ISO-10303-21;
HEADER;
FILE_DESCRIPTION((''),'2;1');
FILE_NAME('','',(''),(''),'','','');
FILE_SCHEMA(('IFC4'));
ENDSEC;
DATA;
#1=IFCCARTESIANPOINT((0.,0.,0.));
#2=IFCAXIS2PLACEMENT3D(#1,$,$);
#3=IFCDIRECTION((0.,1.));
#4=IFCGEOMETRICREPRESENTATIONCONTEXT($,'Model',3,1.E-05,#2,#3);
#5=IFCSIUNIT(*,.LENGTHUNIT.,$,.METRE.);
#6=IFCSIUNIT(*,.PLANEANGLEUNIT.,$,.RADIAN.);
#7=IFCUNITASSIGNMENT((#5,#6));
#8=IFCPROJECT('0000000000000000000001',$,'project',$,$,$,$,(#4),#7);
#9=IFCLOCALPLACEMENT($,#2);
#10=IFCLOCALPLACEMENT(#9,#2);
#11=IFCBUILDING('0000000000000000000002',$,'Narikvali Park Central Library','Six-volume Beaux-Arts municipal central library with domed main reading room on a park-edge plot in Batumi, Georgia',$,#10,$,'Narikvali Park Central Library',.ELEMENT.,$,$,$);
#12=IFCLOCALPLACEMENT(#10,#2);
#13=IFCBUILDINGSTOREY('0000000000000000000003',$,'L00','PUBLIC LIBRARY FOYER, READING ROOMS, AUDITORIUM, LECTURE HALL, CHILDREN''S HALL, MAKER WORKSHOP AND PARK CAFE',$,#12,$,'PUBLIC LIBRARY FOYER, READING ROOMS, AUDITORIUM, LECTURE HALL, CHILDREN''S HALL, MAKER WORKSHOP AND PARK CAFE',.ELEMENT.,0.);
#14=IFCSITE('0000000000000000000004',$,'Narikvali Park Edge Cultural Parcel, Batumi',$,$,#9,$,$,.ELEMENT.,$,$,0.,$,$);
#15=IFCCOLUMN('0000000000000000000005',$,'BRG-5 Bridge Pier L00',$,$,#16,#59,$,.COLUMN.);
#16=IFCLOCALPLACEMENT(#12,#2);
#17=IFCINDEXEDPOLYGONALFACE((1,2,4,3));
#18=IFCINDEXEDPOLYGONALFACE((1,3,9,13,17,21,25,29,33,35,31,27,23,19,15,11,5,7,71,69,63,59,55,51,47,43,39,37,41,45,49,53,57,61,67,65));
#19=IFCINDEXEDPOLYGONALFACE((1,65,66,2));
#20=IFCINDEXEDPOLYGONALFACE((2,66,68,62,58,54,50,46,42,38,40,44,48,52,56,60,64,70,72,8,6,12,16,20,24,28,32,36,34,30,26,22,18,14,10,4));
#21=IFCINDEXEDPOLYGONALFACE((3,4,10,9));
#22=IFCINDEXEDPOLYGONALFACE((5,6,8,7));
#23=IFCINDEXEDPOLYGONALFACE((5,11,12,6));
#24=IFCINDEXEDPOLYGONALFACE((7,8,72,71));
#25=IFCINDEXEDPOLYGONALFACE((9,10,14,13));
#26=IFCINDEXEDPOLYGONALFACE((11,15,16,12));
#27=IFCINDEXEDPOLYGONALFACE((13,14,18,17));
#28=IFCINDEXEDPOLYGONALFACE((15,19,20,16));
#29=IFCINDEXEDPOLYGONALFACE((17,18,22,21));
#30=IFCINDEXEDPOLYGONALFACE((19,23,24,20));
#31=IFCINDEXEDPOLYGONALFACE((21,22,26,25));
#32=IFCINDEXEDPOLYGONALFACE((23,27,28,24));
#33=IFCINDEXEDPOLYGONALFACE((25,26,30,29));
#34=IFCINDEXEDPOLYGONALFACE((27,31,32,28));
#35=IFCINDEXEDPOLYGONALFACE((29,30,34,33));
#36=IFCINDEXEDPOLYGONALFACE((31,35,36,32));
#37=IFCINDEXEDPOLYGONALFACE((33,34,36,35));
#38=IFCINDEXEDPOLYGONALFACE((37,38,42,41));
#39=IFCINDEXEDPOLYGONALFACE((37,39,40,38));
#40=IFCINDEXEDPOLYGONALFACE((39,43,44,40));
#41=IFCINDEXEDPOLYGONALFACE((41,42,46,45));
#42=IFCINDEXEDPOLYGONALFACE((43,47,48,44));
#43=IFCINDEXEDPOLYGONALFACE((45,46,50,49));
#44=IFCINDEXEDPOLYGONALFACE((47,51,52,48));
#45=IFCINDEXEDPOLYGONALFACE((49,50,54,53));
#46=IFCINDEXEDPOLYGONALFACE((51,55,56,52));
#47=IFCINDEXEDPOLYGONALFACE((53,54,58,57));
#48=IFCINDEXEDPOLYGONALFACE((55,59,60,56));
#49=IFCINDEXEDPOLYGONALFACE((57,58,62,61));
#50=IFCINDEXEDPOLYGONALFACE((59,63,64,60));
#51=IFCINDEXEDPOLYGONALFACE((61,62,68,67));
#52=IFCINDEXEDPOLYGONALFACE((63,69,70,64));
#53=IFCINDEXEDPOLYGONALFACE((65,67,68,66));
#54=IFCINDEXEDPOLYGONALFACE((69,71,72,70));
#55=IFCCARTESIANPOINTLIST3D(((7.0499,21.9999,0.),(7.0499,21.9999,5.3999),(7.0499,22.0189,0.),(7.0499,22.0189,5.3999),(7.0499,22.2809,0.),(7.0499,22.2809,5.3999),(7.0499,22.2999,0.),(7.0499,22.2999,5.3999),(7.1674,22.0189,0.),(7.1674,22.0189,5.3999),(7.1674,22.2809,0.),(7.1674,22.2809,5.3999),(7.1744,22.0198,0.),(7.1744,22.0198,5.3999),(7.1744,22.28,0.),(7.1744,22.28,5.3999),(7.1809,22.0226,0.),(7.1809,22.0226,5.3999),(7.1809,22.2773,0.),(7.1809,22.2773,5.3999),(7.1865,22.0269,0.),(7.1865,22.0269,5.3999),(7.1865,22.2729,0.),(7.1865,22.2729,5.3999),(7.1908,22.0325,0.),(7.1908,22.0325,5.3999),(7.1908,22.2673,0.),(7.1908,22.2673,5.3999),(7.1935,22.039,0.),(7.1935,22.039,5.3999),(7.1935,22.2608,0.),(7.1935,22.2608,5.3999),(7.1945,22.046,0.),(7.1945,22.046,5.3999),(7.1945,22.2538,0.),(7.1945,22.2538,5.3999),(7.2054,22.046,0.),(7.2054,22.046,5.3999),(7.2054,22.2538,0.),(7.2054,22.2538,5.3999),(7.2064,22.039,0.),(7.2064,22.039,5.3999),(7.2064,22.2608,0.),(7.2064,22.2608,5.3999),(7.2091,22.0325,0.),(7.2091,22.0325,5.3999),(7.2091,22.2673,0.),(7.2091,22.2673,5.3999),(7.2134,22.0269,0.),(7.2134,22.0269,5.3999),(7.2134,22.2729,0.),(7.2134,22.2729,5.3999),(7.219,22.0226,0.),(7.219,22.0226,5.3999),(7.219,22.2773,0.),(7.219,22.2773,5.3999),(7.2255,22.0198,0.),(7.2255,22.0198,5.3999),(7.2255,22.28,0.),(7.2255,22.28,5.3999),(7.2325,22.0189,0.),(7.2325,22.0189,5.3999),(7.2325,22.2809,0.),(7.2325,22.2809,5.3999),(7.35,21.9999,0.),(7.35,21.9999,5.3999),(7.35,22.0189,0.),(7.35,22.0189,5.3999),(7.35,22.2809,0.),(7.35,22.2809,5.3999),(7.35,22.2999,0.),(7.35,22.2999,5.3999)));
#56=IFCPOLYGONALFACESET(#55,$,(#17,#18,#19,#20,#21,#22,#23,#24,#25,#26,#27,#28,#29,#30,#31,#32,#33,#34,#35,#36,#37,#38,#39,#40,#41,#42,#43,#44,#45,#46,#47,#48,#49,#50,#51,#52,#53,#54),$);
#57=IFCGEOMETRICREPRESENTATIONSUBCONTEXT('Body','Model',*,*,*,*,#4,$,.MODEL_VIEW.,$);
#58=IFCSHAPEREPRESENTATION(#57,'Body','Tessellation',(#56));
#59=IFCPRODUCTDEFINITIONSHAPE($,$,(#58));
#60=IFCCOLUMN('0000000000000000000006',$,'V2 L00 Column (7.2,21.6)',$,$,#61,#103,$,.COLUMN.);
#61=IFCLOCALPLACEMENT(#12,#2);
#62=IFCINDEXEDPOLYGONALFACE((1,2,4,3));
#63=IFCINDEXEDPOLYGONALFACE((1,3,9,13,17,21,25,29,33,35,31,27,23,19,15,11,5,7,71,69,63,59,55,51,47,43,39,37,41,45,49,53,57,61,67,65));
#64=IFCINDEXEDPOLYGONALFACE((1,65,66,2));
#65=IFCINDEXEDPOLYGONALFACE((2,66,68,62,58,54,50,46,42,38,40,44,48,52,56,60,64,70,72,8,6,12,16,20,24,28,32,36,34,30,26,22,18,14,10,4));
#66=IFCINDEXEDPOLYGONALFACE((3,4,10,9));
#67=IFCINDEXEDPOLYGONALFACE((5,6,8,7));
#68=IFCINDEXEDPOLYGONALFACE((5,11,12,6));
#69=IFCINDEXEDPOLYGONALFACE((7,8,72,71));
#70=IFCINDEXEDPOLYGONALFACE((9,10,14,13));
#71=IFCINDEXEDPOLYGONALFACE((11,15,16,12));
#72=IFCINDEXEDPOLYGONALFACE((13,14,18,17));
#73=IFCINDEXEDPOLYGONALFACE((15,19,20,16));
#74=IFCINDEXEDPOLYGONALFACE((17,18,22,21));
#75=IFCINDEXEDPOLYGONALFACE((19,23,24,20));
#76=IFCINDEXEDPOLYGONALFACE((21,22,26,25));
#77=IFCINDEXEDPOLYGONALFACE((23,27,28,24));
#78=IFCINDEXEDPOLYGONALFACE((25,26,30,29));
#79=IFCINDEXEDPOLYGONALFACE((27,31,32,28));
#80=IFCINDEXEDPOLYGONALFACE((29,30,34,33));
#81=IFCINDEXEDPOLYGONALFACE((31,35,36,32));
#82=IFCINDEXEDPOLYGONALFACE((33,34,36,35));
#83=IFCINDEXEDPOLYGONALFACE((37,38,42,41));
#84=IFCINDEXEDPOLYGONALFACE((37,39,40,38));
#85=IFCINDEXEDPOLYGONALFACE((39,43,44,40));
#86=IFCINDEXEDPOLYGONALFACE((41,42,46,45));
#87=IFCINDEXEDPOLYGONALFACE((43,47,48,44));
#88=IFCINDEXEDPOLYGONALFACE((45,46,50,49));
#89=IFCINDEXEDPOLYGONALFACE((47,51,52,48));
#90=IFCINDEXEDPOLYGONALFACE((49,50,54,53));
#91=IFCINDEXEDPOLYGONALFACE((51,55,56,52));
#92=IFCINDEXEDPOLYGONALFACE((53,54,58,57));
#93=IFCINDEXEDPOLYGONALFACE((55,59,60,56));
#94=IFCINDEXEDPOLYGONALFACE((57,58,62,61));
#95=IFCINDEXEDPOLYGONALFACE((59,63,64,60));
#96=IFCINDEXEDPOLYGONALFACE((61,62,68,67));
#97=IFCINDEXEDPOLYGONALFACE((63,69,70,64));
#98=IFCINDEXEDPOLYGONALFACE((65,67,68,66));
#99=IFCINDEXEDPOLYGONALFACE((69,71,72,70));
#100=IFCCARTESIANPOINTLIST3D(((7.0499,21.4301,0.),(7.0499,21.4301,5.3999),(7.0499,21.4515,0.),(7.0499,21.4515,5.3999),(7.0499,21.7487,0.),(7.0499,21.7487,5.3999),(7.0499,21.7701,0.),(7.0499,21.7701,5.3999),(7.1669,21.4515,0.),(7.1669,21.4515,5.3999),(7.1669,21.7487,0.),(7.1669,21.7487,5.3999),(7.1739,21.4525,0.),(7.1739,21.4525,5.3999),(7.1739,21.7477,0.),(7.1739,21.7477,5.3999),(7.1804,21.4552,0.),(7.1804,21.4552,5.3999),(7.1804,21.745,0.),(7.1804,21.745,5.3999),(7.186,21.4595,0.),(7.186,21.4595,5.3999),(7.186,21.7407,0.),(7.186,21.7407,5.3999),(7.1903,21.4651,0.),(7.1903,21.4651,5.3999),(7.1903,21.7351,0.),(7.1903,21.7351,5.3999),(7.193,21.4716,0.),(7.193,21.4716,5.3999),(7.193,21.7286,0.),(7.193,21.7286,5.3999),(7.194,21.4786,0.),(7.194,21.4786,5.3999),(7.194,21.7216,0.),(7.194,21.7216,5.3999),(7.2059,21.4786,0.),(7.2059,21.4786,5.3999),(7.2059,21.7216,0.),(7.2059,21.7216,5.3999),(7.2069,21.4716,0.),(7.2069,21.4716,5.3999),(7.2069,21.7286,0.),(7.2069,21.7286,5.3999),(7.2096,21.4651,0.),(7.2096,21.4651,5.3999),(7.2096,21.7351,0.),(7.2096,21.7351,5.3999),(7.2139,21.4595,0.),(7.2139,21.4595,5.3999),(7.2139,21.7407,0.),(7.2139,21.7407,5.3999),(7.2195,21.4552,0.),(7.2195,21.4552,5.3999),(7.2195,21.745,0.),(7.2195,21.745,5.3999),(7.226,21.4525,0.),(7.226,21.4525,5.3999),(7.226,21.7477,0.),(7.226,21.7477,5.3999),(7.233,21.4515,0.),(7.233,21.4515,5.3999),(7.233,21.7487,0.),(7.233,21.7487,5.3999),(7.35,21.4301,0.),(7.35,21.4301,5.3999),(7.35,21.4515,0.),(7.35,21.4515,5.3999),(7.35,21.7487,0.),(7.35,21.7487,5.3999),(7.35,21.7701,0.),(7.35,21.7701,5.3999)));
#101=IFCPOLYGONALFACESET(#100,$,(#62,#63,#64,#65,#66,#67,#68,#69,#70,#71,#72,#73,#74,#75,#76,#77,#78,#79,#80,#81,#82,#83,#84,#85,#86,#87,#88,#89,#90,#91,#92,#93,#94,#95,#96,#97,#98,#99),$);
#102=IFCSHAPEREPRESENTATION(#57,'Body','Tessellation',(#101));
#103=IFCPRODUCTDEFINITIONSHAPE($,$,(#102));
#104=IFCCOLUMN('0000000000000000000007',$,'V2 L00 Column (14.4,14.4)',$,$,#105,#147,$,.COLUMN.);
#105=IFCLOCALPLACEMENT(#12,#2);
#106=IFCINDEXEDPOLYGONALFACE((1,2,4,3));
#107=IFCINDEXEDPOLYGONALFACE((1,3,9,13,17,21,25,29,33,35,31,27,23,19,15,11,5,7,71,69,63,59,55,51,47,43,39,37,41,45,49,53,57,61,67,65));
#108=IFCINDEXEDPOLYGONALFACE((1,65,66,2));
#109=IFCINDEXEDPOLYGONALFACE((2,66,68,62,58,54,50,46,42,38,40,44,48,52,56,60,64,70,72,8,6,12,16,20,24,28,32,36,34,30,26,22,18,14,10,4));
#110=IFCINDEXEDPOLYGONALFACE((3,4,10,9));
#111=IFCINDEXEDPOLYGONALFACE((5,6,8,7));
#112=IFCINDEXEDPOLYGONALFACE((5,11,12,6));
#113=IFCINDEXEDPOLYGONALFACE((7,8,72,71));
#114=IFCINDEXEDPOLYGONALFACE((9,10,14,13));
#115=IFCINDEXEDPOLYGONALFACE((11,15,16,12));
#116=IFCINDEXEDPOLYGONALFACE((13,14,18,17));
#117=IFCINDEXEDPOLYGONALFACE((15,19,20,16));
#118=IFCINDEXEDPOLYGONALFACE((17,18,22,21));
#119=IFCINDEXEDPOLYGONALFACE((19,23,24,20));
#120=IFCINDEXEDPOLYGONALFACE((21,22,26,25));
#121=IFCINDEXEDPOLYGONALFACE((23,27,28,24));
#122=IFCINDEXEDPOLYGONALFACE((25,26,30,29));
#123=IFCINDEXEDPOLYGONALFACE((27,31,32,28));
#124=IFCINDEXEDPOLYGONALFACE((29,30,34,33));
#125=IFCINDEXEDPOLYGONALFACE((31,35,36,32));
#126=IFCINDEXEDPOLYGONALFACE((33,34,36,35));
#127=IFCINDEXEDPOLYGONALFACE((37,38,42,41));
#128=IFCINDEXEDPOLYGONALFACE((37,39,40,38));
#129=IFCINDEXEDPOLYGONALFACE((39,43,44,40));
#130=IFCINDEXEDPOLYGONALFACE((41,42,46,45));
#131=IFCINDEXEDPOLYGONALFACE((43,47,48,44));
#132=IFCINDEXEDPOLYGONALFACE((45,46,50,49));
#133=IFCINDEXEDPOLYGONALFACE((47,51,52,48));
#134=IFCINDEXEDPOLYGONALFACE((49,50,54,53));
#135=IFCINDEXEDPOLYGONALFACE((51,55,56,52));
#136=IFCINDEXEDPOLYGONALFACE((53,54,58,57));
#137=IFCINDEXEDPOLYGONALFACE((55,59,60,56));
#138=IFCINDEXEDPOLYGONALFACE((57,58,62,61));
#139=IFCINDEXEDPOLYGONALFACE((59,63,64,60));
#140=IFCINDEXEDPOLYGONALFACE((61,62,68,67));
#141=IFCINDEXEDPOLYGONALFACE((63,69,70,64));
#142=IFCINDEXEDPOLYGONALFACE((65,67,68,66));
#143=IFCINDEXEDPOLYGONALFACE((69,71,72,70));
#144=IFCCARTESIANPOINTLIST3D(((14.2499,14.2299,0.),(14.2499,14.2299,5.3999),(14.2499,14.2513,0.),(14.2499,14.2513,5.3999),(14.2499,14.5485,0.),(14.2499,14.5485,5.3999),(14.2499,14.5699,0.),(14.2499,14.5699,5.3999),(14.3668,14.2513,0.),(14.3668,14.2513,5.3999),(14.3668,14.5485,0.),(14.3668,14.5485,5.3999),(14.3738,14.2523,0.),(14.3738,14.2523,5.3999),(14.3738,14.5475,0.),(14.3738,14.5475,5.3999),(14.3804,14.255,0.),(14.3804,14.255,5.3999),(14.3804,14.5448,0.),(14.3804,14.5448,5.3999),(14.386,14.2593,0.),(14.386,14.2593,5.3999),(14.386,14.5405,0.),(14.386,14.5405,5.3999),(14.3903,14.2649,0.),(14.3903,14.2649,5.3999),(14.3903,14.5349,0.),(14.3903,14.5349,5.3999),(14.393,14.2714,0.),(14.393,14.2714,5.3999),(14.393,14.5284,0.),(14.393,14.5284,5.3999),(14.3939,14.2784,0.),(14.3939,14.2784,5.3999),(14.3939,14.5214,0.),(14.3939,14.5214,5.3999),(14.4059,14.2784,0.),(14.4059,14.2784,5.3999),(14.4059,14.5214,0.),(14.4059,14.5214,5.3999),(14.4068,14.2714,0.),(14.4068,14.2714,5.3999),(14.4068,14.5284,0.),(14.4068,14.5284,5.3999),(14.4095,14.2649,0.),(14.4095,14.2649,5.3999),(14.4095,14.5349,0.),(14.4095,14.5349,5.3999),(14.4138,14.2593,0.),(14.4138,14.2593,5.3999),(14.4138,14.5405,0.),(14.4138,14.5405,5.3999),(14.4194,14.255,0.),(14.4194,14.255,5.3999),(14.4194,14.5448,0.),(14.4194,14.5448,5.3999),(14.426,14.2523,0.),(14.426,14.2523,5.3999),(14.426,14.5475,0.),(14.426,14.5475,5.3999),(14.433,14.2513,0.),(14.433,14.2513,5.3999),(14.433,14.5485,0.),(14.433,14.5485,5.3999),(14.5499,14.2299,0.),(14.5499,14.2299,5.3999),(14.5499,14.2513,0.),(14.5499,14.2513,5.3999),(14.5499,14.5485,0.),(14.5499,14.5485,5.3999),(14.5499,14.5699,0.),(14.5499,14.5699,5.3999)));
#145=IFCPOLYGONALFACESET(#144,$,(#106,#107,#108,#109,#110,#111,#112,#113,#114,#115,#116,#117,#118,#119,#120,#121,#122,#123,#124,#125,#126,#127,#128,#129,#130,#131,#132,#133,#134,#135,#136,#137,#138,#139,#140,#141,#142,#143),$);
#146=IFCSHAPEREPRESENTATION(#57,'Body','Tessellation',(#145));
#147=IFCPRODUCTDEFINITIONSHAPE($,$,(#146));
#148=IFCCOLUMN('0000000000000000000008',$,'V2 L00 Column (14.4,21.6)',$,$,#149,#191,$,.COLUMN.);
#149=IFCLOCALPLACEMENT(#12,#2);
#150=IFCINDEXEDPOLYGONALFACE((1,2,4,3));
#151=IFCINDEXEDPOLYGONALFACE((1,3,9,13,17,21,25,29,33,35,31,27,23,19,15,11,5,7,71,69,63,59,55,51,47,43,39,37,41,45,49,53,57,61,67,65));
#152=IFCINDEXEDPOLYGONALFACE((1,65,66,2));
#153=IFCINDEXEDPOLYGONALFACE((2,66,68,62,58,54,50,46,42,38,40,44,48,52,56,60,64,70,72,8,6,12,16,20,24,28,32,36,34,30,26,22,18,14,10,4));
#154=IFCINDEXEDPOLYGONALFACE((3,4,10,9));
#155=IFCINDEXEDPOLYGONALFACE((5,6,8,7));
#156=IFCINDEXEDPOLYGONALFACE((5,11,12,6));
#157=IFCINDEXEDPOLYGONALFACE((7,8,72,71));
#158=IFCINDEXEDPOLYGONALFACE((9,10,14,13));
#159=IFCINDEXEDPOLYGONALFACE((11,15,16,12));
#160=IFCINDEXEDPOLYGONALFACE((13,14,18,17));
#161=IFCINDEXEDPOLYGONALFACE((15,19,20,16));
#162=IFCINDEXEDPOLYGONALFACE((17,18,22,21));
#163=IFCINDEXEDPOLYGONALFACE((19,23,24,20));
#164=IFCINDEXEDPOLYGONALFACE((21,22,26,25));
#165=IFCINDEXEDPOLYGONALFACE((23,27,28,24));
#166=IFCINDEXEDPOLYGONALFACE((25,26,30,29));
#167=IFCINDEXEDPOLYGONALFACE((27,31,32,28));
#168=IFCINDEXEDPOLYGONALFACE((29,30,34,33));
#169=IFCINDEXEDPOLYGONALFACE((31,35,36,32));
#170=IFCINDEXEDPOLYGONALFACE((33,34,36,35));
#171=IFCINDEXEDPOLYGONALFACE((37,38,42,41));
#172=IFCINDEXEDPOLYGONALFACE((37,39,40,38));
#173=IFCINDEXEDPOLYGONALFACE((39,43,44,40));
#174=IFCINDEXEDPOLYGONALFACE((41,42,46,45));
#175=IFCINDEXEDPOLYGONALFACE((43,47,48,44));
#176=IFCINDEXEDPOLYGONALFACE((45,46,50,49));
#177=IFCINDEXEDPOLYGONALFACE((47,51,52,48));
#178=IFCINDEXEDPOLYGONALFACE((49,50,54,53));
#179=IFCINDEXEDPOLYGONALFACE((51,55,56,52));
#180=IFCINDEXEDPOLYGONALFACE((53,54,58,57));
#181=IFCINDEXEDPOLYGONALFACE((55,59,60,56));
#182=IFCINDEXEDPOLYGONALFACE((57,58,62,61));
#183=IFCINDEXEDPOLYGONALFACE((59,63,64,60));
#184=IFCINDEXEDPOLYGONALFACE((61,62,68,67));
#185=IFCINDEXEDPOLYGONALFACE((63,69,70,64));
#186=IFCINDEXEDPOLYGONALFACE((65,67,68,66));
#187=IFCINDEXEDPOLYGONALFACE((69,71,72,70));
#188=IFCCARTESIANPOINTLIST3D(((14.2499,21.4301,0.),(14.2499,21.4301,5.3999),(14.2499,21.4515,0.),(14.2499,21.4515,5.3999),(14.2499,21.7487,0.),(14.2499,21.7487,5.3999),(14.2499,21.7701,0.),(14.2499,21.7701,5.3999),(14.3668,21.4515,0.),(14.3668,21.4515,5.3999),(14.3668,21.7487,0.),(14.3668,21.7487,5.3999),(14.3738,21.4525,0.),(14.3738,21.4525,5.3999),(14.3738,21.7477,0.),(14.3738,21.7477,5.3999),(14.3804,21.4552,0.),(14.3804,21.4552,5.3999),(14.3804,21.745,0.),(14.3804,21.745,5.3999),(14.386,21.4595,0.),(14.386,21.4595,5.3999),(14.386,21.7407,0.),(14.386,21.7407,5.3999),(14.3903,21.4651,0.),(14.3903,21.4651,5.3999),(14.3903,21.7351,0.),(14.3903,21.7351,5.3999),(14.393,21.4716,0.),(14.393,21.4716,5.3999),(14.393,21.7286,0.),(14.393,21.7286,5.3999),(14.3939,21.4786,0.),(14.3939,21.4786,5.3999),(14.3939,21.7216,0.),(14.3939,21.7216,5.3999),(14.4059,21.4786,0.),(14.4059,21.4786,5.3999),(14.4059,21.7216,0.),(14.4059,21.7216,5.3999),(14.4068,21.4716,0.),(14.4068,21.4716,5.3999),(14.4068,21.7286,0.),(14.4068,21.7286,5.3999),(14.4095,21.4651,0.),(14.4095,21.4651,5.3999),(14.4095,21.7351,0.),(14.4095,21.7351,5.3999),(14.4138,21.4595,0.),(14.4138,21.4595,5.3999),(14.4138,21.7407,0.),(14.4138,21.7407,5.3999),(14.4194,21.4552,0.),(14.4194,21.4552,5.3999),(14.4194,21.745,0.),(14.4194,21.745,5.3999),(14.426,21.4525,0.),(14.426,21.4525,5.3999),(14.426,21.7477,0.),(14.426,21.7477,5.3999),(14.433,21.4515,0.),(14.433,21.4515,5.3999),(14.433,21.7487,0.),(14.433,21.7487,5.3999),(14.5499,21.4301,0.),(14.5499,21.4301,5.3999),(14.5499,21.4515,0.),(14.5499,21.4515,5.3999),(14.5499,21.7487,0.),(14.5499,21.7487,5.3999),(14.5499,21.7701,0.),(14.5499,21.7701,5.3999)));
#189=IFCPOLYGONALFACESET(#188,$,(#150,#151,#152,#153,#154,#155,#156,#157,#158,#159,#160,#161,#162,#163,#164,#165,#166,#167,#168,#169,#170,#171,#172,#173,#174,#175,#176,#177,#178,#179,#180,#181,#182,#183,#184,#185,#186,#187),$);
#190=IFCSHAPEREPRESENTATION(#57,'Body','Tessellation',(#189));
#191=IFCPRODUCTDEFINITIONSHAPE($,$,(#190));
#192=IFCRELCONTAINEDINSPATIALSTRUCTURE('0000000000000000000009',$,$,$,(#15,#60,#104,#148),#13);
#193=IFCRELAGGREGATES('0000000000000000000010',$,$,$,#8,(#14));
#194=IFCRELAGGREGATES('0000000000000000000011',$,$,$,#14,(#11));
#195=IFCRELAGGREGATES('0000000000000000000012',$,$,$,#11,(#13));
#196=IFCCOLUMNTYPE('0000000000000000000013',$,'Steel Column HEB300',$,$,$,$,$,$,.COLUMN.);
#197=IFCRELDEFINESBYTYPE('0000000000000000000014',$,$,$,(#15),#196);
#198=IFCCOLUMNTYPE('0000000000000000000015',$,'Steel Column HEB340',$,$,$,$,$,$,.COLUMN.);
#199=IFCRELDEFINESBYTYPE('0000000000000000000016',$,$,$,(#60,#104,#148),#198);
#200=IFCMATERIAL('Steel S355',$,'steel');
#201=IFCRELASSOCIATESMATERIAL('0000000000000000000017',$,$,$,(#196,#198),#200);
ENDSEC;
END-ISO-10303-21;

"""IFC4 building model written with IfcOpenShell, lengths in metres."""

from ifc_helpers import new_model, si_unit, direction, frame, origin, origin_2d, place, context, subcontext, project, spatial, i_section, extrude, material, material_profile, profile_set, type_object, element, save


model = new_model("IFC4")

# Units and contexts
model_context = context("Model", 3, precision=1e-05, world=origin(), true_north=direction((0.0, 1.0)))
body_context = subcontext(model_context, "Body", "Model", "MODEL_VIEW")
ifc_project = project(units=[si_unit("LENGTHUNIT", "METRE"), si_unit("PLANEANGLEUNIT", "RADIAN")], contexts=[model_context])

# Site, building, storey
site_placement = place(None, origin())
site = spatial("IfcSite", under=ifc_project, at=site_placement, Name="Narikvali Park Edge Cultural Parcel, Batumi", CompositionType="ELEMENT", RefElevation=0.0)
building_placement = place(site_placement, origin())
building = spatial("IfcBuilding", under=site, at=building_placement, Name="Narikvali Park Central Library", Description="Six-volume Beaux-Arts municipal central library with domed main reading room on a park-edge plot in Batumi, Georgia", LongName="Narikvali Park Central Library", CompositionType="ELEMENT")
storey_placement = place(building_placement, origin())
storey = spatial("IfcBuildingStorey", under=building, at=storey_placement, Name="L00", Description="PUBLIC LIBRARY FOYER, READING ROOMS, AUDITORIUM, LECTURE HALL, CHILDREN'S HALL, MAKER WORKSHOP AND PARK CAFE", LongName="PUBLIC LIBRARY FOYER, READING ROOMS, AUDITORIUM, LECTURE HALL, CHILDREN'S HALL, MAKER WORKSHOP AND PARK CAFE", CompositionType="ELEMENT", Elevation=0.0)

# Columns
ifc_material_1 = material(Name="Steel S355", Category="steel")
ifc_material_profile_1 = material_profile(ifc_material_1, i_section(OverallWidth=0.3, OverallDepth=0.3, WebThickness=0.011, FlangeThickness=0.019, FilletRadius=0.0271, at=origin_2d()), Name="HEB 300")
ifc_profile_set_1 = profile_set([ifc_material_profile_1], Name="Steel S355")
column_type_1 = type_object("IfcColumnType", Name="Steel Column HEB300", PredefinedType="COLUMN", material=ifc_profile_set_1)
column_placement = place(storey_placement, frame((7.2, 22.1499, 0.0), z_axis=(0.0, 0.0, 1.0), x_axis=(1.0, 0.0, 0.0)))
element("IfcColumn", 1, at=column_placement, inside=storey, type_object=column_type_1, Name="BRG-5 Bridge Pier L00", PredefinedType="COLUMN", context=body_context, shape_type="SweptSolid", body=[
    extrude(i_section(OverallWidth=0.3, OverallDepth=0.3, WebThickness=0.011, FlangeThickness=0.019, FilletRadius=0.0271, at=origin_2d()), origin(), (0.0, 0.0, 1.0), 5.3999),
])
ifc_material_profile_2 = material_profile(ifc_material_1, i_section(OverallWidth=0.3, OverallDepth=0.3401, WebThickness=0.012, FlangeThickness=0.0215, FilletRadius=0.0271, at=origin_2d()), Name="HEB 340")
ifc_profile_set_2 = profile_set([ifc_material_profile_2], Name="Steel S355")
column_type_2 = type_object("IfcColumnType", Name="Steel Column HEB340", PredefinedType="COLUMN", material=ifc_profile_set_2)
for number, where, z_axis, x_axis, name in (
    (2, (7.2, 21.6001, 0.0), (0.0, 0.0, 1.0), (1.0, 0.0, 0.0), "V2 L00 Column (7.2,21.6)"),
    (3, (14.3999, 14.3999, 0.0), (0.0, 0.0, 1.0), (1.0, 0.0, 0.0), "V2 L00 Column (14.4,14.4)"),
    (4, (14.3999, 21.6001, 0.0), (0.0, 0.0, 1.0), (1.0, 0.0, 0.0), "V2 L00 Column (14.4,21.6)"),
):
    element("IfcColumn", number, at=place(storey_placement, frame(where, z_axis=z_axis, x_axis=x_axis)), inside=storey, type_object=column_type_2, Name=name, PredefinedType="COLUMN", context=body_context, shape_type="SweptSolid", body=[
        extrude(i_section(OverallWidth=0.3, OverallDepth=0.3401, WebThickness=0.012, FlangeThickness=0.0215, FilletRadius=0.0271, at=origin_2d()), origin(), (0.0, 0.0, 1.0), 5.3999),
    ])

save(model, "model.ifc")
